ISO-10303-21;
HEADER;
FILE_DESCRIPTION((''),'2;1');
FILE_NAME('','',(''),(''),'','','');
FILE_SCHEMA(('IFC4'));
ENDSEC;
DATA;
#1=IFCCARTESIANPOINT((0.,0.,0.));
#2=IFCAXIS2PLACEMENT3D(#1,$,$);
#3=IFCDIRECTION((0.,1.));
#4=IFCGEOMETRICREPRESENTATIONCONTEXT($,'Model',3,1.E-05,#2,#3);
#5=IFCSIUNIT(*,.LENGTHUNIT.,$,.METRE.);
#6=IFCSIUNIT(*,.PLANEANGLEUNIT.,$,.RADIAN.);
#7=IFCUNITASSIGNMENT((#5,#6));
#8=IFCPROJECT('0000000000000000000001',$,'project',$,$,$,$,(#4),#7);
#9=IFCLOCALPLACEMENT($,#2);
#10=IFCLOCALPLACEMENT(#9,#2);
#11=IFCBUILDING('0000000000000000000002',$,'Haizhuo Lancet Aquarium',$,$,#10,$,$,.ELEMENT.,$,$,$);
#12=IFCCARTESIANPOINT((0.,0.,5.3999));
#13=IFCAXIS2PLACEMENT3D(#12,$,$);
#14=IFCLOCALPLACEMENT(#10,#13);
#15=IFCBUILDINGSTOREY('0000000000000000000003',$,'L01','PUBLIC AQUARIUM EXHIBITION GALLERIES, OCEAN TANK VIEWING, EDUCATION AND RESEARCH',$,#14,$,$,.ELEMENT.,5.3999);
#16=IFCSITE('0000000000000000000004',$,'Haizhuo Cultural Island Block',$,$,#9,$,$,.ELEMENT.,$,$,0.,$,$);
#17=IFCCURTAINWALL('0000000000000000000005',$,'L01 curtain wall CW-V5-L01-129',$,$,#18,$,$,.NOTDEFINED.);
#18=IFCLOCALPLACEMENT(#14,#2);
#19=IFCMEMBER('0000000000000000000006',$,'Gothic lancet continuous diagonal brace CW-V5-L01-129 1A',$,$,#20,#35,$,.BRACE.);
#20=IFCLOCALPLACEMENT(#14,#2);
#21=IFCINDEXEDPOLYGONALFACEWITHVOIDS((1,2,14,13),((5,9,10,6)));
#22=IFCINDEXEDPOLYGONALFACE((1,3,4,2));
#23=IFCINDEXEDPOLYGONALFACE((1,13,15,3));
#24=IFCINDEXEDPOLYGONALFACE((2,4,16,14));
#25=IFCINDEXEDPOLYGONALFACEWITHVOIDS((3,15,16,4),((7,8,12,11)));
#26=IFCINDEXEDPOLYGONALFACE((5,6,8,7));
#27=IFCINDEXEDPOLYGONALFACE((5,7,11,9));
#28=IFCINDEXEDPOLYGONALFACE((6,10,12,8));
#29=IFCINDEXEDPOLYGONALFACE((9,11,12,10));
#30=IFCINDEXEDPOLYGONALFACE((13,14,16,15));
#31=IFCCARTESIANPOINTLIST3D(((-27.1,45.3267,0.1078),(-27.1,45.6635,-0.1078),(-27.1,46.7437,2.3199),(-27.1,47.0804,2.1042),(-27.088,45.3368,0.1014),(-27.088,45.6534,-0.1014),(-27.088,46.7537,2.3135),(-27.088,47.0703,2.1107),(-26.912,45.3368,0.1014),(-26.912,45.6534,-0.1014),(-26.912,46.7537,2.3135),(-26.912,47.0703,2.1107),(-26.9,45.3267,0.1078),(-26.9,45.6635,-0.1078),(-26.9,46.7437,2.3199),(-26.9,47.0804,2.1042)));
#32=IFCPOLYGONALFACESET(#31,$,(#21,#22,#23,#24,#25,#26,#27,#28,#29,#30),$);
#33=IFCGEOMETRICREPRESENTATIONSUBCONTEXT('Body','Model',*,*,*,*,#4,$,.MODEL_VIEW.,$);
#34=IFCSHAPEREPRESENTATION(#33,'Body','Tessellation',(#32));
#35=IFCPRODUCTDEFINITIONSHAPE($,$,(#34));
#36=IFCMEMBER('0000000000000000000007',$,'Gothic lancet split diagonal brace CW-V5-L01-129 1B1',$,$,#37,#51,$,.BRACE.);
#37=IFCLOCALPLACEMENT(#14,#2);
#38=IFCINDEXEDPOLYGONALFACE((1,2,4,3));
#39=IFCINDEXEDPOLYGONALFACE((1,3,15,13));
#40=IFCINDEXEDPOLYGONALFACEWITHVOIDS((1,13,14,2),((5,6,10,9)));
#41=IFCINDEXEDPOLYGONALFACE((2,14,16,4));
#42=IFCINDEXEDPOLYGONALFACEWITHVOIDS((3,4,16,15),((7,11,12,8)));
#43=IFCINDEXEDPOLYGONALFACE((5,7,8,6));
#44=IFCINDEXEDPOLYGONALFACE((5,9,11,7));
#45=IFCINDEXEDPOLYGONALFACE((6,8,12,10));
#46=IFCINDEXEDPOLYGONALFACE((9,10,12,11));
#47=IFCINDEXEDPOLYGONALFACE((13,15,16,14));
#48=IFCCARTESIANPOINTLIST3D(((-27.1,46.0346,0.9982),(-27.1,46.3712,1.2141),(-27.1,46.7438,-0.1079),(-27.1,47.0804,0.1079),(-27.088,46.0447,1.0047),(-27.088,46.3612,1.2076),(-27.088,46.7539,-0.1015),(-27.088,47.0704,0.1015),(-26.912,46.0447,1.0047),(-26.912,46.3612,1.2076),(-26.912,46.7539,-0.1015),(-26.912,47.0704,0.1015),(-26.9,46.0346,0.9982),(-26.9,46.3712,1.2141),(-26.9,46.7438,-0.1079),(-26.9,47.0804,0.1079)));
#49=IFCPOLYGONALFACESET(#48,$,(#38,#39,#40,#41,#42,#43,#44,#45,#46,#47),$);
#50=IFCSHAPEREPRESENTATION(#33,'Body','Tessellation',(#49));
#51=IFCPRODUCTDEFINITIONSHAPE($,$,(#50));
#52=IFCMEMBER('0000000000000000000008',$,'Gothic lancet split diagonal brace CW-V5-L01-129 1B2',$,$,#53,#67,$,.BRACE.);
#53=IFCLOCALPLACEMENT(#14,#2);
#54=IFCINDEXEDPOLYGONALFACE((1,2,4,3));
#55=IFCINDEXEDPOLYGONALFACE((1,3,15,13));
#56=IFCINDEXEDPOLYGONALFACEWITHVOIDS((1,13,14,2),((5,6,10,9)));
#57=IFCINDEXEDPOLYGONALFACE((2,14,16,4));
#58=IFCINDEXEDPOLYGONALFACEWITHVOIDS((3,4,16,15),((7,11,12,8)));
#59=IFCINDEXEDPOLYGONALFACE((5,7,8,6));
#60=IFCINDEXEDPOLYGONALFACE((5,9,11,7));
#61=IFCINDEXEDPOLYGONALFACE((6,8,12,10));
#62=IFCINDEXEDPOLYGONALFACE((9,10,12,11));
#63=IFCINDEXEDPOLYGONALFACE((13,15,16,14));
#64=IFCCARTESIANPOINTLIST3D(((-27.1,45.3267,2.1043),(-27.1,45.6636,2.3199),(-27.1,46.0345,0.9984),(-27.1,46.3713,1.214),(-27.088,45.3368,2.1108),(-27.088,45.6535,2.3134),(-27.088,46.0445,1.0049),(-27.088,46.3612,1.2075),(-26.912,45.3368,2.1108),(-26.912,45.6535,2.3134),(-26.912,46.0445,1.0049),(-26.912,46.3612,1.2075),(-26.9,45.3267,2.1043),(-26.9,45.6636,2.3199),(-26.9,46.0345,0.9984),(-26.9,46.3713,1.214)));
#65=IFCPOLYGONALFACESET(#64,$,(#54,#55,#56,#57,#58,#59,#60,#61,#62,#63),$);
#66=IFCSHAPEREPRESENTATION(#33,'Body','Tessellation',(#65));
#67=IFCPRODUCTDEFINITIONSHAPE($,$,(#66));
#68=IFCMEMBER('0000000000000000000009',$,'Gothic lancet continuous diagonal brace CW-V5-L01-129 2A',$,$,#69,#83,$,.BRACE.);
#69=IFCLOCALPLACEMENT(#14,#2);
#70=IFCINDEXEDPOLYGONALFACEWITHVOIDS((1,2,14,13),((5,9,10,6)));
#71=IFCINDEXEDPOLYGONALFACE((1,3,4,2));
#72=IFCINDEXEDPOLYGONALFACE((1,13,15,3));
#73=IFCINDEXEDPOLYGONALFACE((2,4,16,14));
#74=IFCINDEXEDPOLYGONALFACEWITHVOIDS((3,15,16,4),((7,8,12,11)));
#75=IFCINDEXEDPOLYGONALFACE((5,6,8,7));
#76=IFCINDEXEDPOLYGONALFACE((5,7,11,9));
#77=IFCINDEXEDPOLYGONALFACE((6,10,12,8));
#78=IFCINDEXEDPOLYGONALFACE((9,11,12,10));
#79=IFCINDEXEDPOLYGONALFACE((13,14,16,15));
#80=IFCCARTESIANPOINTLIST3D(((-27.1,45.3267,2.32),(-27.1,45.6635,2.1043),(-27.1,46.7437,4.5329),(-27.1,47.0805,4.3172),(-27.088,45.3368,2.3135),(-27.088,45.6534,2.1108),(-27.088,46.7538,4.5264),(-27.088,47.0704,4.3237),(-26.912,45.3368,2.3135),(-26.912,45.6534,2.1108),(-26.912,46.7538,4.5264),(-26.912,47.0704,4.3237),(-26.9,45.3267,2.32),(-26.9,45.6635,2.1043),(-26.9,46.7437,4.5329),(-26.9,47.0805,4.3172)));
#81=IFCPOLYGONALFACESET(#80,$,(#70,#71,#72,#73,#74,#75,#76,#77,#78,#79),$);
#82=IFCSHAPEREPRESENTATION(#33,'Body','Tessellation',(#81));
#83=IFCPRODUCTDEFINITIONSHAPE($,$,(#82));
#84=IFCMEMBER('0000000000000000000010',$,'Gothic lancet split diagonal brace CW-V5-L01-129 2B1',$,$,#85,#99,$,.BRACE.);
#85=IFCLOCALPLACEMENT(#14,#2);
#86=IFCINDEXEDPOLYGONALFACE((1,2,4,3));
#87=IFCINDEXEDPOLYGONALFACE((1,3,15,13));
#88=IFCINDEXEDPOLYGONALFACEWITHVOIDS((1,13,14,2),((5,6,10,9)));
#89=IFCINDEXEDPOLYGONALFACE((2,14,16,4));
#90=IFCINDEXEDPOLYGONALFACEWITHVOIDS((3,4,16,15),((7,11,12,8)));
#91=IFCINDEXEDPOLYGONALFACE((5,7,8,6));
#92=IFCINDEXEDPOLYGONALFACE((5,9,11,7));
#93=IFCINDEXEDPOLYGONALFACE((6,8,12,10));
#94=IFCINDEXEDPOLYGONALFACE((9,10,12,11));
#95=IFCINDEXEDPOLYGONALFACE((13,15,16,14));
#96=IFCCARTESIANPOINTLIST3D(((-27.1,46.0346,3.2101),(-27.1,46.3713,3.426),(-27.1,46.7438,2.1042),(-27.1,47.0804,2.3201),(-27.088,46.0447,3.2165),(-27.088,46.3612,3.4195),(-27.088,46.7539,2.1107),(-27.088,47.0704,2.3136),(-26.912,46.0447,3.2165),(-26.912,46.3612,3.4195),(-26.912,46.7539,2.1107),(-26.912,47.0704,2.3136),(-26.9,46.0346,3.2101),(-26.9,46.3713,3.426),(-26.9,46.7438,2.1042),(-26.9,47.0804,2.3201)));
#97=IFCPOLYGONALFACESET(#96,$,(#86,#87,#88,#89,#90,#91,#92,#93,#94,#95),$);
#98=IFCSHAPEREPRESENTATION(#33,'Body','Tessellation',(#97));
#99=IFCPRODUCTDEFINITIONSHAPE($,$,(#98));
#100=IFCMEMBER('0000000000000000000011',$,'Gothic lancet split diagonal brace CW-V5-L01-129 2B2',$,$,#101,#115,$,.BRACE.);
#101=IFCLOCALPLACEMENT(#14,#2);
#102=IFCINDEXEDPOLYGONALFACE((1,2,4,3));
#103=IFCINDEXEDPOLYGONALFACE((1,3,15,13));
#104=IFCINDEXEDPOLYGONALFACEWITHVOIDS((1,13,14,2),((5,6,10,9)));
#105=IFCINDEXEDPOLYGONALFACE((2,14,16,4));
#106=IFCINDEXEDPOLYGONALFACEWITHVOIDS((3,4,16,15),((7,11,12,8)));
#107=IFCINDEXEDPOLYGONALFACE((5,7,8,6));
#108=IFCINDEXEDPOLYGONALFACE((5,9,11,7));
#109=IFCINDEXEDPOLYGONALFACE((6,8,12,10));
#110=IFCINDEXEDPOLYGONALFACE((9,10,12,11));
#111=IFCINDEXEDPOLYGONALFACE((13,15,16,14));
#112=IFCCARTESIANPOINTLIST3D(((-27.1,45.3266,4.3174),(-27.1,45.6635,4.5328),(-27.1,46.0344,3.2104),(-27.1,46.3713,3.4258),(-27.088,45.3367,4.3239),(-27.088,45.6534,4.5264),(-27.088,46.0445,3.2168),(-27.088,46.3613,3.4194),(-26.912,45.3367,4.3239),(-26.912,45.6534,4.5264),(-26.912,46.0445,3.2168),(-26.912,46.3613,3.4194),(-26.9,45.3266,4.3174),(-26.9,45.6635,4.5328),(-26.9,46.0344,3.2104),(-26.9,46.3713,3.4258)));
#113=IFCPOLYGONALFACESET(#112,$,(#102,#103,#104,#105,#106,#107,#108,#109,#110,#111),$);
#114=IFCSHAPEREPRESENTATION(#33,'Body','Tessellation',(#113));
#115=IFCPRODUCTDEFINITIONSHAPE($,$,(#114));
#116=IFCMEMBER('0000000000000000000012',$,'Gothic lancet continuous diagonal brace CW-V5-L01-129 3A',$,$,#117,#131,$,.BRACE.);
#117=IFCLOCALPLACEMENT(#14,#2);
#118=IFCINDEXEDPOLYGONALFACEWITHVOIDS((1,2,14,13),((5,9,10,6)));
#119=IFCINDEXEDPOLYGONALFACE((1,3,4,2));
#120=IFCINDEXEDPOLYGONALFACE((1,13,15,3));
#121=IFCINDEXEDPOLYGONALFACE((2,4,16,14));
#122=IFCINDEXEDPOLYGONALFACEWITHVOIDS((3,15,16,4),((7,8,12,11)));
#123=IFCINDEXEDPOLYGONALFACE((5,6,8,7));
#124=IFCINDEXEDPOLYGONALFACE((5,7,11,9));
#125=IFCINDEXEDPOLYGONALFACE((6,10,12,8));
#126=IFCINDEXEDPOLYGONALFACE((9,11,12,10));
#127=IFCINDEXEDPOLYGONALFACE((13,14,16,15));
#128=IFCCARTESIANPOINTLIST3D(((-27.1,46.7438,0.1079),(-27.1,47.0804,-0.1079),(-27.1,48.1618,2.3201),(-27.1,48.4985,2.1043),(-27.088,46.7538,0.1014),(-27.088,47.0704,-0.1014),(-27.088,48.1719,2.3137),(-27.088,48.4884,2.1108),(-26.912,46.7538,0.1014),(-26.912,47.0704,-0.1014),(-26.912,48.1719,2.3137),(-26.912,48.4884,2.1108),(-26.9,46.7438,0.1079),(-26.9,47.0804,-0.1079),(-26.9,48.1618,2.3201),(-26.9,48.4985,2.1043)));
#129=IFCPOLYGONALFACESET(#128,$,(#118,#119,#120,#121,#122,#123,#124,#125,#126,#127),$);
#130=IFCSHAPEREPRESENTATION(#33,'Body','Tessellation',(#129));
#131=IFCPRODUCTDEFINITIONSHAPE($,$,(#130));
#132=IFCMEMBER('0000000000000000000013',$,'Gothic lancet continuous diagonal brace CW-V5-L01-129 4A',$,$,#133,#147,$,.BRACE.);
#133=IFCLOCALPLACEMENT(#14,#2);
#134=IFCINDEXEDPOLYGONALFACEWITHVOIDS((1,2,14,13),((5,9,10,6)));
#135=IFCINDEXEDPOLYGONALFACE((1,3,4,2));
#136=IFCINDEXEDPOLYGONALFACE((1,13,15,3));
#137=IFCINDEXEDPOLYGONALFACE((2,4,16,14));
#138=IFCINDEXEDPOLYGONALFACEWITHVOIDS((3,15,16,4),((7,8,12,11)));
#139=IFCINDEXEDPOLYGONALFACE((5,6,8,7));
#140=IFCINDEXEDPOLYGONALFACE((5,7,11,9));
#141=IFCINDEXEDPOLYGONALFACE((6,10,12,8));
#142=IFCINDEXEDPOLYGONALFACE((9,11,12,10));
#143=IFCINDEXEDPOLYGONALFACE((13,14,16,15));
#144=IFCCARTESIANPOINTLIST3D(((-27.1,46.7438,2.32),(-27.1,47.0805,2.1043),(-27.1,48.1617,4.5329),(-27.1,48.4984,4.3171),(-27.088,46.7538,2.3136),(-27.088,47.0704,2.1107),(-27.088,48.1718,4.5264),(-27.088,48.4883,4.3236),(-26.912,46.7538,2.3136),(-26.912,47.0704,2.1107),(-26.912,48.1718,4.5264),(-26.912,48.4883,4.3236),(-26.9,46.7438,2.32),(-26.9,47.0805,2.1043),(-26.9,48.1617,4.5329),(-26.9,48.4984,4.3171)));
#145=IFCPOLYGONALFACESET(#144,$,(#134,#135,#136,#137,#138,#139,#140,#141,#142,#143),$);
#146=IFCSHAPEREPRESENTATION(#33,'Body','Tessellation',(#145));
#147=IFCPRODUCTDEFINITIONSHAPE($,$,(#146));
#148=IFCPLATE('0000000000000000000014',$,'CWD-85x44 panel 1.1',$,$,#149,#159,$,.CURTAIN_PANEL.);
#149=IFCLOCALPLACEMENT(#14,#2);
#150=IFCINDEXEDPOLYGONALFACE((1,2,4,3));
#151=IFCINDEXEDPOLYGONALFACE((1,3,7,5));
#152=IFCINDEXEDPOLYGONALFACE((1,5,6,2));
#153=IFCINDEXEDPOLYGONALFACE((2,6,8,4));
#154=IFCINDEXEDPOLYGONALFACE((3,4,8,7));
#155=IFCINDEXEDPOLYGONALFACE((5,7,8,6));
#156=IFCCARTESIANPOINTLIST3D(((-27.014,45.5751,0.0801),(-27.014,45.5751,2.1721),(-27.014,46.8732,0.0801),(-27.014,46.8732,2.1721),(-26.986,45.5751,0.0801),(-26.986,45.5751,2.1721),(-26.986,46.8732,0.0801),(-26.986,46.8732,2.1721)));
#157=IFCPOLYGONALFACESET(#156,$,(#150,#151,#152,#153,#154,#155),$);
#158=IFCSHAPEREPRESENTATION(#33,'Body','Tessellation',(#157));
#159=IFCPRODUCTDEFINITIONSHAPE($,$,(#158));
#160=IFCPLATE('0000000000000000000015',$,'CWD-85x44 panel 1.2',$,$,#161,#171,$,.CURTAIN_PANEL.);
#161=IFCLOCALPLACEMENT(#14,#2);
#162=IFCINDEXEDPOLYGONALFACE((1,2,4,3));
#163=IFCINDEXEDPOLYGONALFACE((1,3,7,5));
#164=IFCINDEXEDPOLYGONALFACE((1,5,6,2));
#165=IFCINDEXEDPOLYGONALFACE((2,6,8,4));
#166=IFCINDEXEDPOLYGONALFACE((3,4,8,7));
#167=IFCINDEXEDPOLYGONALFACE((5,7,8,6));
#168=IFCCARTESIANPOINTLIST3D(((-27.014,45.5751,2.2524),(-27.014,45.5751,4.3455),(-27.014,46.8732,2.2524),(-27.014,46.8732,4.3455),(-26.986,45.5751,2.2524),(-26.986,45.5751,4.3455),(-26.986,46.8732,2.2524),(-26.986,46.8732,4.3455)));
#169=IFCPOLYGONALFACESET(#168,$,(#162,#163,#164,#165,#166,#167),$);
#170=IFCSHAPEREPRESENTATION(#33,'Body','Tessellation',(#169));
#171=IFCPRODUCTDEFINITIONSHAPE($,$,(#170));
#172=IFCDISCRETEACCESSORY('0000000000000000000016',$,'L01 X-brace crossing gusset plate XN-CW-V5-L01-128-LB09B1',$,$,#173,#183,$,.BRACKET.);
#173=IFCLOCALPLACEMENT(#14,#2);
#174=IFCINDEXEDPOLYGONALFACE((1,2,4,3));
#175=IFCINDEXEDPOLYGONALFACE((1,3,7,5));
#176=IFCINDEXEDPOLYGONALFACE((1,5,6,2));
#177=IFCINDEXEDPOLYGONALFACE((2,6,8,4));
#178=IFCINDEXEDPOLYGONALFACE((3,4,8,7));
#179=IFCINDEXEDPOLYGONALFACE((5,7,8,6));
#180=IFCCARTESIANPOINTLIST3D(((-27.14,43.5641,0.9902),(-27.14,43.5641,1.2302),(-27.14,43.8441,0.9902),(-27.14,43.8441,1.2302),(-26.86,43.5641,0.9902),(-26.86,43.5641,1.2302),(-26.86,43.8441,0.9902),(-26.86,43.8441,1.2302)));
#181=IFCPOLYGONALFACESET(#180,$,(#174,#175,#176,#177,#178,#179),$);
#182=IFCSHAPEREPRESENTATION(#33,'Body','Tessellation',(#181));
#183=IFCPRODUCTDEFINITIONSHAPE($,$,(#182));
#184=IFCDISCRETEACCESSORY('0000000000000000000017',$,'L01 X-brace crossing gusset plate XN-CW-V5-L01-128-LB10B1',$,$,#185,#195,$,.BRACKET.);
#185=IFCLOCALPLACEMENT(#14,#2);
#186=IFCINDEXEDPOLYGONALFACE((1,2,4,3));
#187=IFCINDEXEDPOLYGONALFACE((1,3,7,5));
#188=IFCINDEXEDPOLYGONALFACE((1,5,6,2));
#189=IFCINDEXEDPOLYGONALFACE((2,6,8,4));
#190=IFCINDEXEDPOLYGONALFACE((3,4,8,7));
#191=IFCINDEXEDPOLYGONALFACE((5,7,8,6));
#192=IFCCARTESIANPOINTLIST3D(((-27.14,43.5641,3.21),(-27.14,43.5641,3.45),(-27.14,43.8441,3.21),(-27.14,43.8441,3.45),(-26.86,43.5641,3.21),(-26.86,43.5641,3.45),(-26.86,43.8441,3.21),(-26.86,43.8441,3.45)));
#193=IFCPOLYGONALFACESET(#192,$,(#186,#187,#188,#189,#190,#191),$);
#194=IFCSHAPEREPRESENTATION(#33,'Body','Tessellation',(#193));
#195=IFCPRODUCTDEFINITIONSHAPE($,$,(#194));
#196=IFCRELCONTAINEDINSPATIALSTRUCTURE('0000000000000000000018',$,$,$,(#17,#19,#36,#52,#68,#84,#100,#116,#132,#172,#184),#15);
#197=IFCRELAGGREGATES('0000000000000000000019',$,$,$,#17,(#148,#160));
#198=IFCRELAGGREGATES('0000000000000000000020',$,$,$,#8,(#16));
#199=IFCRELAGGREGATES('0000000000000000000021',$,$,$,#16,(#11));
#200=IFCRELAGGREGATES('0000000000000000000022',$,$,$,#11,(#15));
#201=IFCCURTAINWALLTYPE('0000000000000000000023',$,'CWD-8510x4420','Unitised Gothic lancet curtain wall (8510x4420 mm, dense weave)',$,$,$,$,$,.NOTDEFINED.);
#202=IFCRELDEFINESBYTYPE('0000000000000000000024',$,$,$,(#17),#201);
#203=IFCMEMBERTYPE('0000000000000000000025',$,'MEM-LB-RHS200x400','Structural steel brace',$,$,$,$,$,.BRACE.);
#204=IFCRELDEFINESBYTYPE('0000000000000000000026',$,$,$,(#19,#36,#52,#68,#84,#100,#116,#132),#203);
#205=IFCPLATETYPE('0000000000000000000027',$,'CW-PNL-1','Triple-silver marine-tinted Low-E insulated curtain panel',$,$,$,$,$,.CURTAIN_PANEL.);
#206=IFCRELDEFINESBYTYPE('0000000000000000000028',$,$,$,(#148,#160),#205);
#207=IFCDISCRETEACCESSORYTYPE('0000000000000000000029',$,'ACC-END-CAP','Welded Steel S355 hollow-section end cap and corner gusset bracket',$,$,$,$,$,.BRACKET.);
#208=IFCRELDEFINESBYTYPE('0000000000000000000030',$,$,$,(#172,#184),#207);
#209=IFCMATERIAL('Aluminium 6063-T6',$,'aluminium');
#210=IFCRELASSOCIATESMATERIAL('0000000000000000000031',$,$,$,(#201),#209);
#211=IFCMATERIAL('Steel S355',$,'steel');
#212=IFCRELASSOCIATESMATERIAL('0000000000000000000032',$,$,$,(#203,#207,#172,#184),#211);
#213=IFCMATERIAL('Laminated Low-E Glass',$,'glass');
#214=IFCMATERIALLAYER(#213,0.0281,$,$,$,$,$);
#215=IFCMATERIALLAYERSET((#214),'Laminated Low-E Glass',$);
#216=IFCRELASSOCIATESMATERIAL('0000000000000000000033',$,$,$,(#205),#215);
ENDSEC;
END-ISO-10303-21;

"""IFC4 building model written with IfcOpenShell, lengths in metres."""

from ifc_helpers import new_model, si_unit, direction, frame, origin, origin_2d, place, context, subcontext, project, spatial, rectangle, hollow_rectangle, extrude, material, layer, layer_set, material_profile, profile_set, type_object, element, aggregate, save


model = new_model("IFC4")

# Units and contexts
model_context = context("Model", 3, precision=1e-05, world=origin(), true_north=direction((0.0, 1.0)))
body_context = subcontext(model_context, "Body", "Model", "MODEL_VIEW")
ifc_project = project(units=[si_unit("LENGTHUNIT", "METRE"), si_unit("PLANEANGLEUNIT", "RADIAN")], contexts=[model_context])

# Site, building, storey
site_placement = place(None, origin())
site = spatial("IfcSite", under=ifc_project, at=site_placement, Name="Haizhuo Cultural Island Block", CompositionType="ELEMENT", RefElevation=0.0)
building_placement = place(site_placement, origin())
building = spatial("IfcBuilding", under=site, at=building_placement, Name="Haizhuo Lancet Aquarium", CompositionType="ELEMENT")
storey_placement = place(building_placement, frame((0.0, 0.0, 5.3999)))
storey = spatial("IfcBuildingStorey", under=building, at=storey_placement, Name="L01", Description="PUBLIC AQUARIUM EXHIBITION GALLERIES, OCEAN TANK VIEWING, EDUCATION AND RESEARCH", CompositionType="ELEMENT", Elevation=5.3999)

# Shared definitions
ifc_material_1 = material(Name="Aluminium 6063-T6", Category="aluminium")

# Curtain wall
curtain_wall_type_1 = type_object("IfcCurtainWallType", Name="CWD-8510x4420", Description="Unitised Gothic lancet curtain wall (8510x4420 mm, dense weave)", PredefinedType="NOTDEFINED", material=ifc_material_1)
curtain_wall_1_placement = place(storey_placement, origin())
curtain_wall_1 = element("IfcCurtainWall", 1, at=curtain_wall_1_placement, inside=storey, type_object=curtain_wall_type_1, Name="L01 curtain wall CW-V5-L01-129", PredefinedType="NOTDEFINED")

# Members
ifc_material_2 = material(Name="Steel S355", Category="steel")
ifc_material_profile_1 = material_profile(ifc_material_2, hollow_rectangle(XDim=0.2, YDim=0.3999, WallThickness=0.012, at=origin_2d()), Name="RHS 200x400x12")
ifc_profile_set_1 = profile_set([ifc_material_profile_1], Name="Steel S355")
member_type_1 = type_object("IfcMemberType", Name="MEM-LB-RHS200x400", Description="Structural steel brace", PredefinedType="BRACE", material=ifc_profile_set_1)
member_1_placement = place(storey_placement, frame((-27.0, 45.4951, 0.0), z_axis=(0.0, 0.539381, 0.842062), x_axis=(-1.0, 0.0, 0.0)))
element("IfcMember", 2, at=member_1_placement, inside=storey, type_object=member_type_1, Name="Gothic lancet continuous diagonal brace CW-V5-L01-129 1A", PredefinedType="BRACE", context=body_context, shape_type="SweptSolid", body=[
    extrude(hollow_rectangle(XDim=0.2, YDim=0.3999, WallThickness=0.012, at=origin_2d()), origin(), (0.0, 0.0, 1.0), 2.627),
])
member_2_placement = place(storey_placement, frame((-27.0, 46.9121, 0.0), z_axis=(0.0, -0.539734, 0.841836), x_axis=(1.0, 0.0, 0.0)))
element("IfcMember", 3, at=member_2_placement, inside=storey, type_object=member_type_1, Name="Gothic lancet split diagonal brace CW-V5-L01-129 1B1", PredefinedType="BRACE", context=body_context, shape_type="SweptSolid", body=[
    extrude(hollow_rectangle(XDim=0.2, YDim=0.3999, WallThickness=0.012, at=origin_2d()), origin(), (0.0, 0.0, 1.0), 1.314),
])
member_3_placement = place(storey_placement, frame((-27.0, 46.2029, 1.1062), z_axis=(0.0, -0.539027, 0.842288), x_axis=(1.0, 0.0, 0.0)))
element("IfcMember", 4, at=member_3_placement, inside=storey, type_object=member_type_1, Name="Gothic lancet split diagonal brace CW-V5-L01-129 1B2", PredefinedType="BRACE", context=body_context, shape_type="SweptSolid", body=[
    extrude(hollow_rectangle(XDim=0.2, YDim=0.3999, WallThickness=0.012, at=origin_2d()), origin(), (0.0, 0.0, 1.0), 1.313),
])
member_4_placement = place(storey_placement, frame((-27.0, 45.4951, 2.2122), z_axis=(0.0, 0.539254, 0.842143), x_axis=(-1.0, 0.0, 0.0)))
element("IfcMember", 5, at=member_4_placement, inside=storey, type_object=member_type_1, Name="Gothic lancet continuous diagonal brace CW-V5-L01-129 2A", PredefinedType="BRACE", context=body_context, shape_type="SweptSolid", body=[
    extrude(hollow_rectangle(XDim=0.2, YDim=0.3999, WallThickness=0.012, at=origin_2d()), origin(), (0.0, 0.0, 1.0), 2.6277),
])
member_5_placement = place(storey_placement, frame((-27.0, 46.9121, 2.2122), z_axis=(0.0, -0.539818, 0.841782), x_axis=(1.0, 0.0, 0.0)))
element("IfcMember", 6, at=member_5_placement, inside=storey, type_object=member_type_1, Name="Gothic lancet split diagonal brace CW-V5-L01-129 2B1", PredefinedType="BRACE", context=body_context, shape_type="SweptSolid", body=[
    extrude(hollow_rectangle(XDim=0.2, YDim=0.3999, WallThickness=0.012, at=origin_2d()), origin(), (0.0, 0.0, 1.0), 1.3137),
])
member_6_placement = place(storey_placement, frame((-27.0, 46.2029, 3.3181), z_axis=(0.0, -0.53869, 0.842504), x_axis=(1.0, 0.0, 0.0)))
element("IfcMember", 7, at=member_6_placement, inside=storey, type_object=member_type_1, Name="Gothic lancet split diagonal brace CW-V5-L01-129 2B2", PredefinedType="BRACE", context=body_context, shape_type="SweptSolid", body=[
    extrude(hollow_rectangle(XDim=0.2, YDim=0.3999, WallThickness=0.012, at=origin_2d()), origin(), (0.0, 0.0, 1.0), 1.314),
])
member_7_placement = place(storey_placement, frame((-27.0, 46.9121, 0.0), z_axis=(0.0, 0.539644, 0.841893), x_axis=(-1.0, 0.0, 0.0)))
element("IfcMember", 8, at=member_7_placement, inside=storey, type_object=member_type_1, Name="Gothic lancet continuous diagonal brace CW-V5-L01-129 3A", PredefinedType="BRACE", context=body_context, shape_type="SweptSolid", body=[
    extrude(hollow_rectangle(XDim=0.2, YDim=0.3999, WallThickness=0.012, at=origin_2d()), origin(), (0.0, 0.0, 1.0), 2.6277),
])
member_8_placement = place(storey_placement, frame((-27.0, 46.9121, 2.2122), z_axis=(0.0, 0.539518, 0.841974), x_axis=(-1.0, 0.0, 0.0)))
element("IfcMember", 9, at=member_8_placement, inside=storey, type_object=member_type_1, Name="Gothic lancet continuous diagonal brace CW-V5-L01-129 4A", PredefinedType="BRACE", context=body_context, shape_type="SweptSolid", body=[
    extrude(hollow_rectangle(XDim=0.2, YDim=0.3999, WallThickness=0.012, at=origin_2d()), origin(), (0.0, 0.0, 1.0), 2.6282),
])

# Plates
ifc_material_3 = material(Name="Laminated Low-E Glass", Category="glass")
ifc_layer = layer(ifc_material_3, 0.0281)
ifc_layer_set = layer_set([ifc_layer], Name="Laminated Low-E Glass")
plate_type = type_object("IfcPlateType", Name="CW-PNL-1", Description="Triple-silver marine-tinted Low-E insulated curtain panel", PredefinedType="CURTAIN_PANEL", material=ifc_layer_set)
plate_1_placement = place(storey_placement, frame((-27.0, 46.2241, 0.0801), z_axis=(0.0, 0.0, 1.0), x_axis=(0.0, 1.0, 0.0)))
plate_1 = element("IfcPlate", 10, at=plate_1_placement, type_object=plate_type, Name="CWD-85x44 panel 1.1", PredefinedType="CURTAIN_PANEL", context=body_context, shape_type="SweptSolid", body=[
    extrude(rectangle(XDim=1.2981, YDim=0.0281, at=origin_2d()), origin(), (0.0, 0.0, 1.0), 2.092),
])
plate_2_placement = place(storey_placement, frame((-27.0, 46.2241, 2.2524), z_axis=(0.0, 0.0, 1.0), x_axis=(0.0, 1.0, 0.0)))
plate_2 = element("IfcPlate", 11, at=plate_2_placement, type_object=plate_type, Name="CWD-85x44 panel 1.2", PredefinedType="CURTAIN_PANEL", context=body_context, shape_type="SweptSolid", body=[
    extrude(rectangle(XDim=1.2981, YDim=0.0281, at=origin_2d()), origin(), (0.0, 0.0, 1.0), 2.093),
])
aggregate(curtain_wall_1, [plate_1, plate_2])

# Discrete accessories
discrete_accessory_type = type_object("IfcDiscreteAccessoryType", Name="ACC-END-CAP", Description="Welded Steel S355 hollow-section end cap and corner gusset bracket", PredefinedType="BRACKET", material=ifc_material_2)
for number, where, z_axis, x_axis, name in (
    (12, (-27.0, 43.7041, 0.9902), (0.0, 0.0, 1.0), (1.0, 0.0, 0.0), "L01 X-brace crossing gusset plate XN-CW-V5-L01-128-LB09B1"),
    (13, (-27.0, 43.7041, 3.21), (0.0, 0.0, 1.0), (1.0, 0.0, 0.0), "L01 X-brace crossing gusset plate XN-CW-V5-L01-128-LB10B1"),
):
    element("IfcDiscreteAccessory", number, at=place(storey_placement, frame(where, z_axis=z_axis, x_axis=x_axis)), inside=storey, type_object=discrete_accessory_type, material=ifc_material_2, Name=name, PredefinedType="BRACKET", context=body_context, shape_type="SweptSolid", body=[
        extrude(rectangle(XDim=0.28, YDim=0.28, at=origin_2d()), origin(), (0.0, 0.0, 1.0), 0.24),
    ])

save(model, "model.ifc")
